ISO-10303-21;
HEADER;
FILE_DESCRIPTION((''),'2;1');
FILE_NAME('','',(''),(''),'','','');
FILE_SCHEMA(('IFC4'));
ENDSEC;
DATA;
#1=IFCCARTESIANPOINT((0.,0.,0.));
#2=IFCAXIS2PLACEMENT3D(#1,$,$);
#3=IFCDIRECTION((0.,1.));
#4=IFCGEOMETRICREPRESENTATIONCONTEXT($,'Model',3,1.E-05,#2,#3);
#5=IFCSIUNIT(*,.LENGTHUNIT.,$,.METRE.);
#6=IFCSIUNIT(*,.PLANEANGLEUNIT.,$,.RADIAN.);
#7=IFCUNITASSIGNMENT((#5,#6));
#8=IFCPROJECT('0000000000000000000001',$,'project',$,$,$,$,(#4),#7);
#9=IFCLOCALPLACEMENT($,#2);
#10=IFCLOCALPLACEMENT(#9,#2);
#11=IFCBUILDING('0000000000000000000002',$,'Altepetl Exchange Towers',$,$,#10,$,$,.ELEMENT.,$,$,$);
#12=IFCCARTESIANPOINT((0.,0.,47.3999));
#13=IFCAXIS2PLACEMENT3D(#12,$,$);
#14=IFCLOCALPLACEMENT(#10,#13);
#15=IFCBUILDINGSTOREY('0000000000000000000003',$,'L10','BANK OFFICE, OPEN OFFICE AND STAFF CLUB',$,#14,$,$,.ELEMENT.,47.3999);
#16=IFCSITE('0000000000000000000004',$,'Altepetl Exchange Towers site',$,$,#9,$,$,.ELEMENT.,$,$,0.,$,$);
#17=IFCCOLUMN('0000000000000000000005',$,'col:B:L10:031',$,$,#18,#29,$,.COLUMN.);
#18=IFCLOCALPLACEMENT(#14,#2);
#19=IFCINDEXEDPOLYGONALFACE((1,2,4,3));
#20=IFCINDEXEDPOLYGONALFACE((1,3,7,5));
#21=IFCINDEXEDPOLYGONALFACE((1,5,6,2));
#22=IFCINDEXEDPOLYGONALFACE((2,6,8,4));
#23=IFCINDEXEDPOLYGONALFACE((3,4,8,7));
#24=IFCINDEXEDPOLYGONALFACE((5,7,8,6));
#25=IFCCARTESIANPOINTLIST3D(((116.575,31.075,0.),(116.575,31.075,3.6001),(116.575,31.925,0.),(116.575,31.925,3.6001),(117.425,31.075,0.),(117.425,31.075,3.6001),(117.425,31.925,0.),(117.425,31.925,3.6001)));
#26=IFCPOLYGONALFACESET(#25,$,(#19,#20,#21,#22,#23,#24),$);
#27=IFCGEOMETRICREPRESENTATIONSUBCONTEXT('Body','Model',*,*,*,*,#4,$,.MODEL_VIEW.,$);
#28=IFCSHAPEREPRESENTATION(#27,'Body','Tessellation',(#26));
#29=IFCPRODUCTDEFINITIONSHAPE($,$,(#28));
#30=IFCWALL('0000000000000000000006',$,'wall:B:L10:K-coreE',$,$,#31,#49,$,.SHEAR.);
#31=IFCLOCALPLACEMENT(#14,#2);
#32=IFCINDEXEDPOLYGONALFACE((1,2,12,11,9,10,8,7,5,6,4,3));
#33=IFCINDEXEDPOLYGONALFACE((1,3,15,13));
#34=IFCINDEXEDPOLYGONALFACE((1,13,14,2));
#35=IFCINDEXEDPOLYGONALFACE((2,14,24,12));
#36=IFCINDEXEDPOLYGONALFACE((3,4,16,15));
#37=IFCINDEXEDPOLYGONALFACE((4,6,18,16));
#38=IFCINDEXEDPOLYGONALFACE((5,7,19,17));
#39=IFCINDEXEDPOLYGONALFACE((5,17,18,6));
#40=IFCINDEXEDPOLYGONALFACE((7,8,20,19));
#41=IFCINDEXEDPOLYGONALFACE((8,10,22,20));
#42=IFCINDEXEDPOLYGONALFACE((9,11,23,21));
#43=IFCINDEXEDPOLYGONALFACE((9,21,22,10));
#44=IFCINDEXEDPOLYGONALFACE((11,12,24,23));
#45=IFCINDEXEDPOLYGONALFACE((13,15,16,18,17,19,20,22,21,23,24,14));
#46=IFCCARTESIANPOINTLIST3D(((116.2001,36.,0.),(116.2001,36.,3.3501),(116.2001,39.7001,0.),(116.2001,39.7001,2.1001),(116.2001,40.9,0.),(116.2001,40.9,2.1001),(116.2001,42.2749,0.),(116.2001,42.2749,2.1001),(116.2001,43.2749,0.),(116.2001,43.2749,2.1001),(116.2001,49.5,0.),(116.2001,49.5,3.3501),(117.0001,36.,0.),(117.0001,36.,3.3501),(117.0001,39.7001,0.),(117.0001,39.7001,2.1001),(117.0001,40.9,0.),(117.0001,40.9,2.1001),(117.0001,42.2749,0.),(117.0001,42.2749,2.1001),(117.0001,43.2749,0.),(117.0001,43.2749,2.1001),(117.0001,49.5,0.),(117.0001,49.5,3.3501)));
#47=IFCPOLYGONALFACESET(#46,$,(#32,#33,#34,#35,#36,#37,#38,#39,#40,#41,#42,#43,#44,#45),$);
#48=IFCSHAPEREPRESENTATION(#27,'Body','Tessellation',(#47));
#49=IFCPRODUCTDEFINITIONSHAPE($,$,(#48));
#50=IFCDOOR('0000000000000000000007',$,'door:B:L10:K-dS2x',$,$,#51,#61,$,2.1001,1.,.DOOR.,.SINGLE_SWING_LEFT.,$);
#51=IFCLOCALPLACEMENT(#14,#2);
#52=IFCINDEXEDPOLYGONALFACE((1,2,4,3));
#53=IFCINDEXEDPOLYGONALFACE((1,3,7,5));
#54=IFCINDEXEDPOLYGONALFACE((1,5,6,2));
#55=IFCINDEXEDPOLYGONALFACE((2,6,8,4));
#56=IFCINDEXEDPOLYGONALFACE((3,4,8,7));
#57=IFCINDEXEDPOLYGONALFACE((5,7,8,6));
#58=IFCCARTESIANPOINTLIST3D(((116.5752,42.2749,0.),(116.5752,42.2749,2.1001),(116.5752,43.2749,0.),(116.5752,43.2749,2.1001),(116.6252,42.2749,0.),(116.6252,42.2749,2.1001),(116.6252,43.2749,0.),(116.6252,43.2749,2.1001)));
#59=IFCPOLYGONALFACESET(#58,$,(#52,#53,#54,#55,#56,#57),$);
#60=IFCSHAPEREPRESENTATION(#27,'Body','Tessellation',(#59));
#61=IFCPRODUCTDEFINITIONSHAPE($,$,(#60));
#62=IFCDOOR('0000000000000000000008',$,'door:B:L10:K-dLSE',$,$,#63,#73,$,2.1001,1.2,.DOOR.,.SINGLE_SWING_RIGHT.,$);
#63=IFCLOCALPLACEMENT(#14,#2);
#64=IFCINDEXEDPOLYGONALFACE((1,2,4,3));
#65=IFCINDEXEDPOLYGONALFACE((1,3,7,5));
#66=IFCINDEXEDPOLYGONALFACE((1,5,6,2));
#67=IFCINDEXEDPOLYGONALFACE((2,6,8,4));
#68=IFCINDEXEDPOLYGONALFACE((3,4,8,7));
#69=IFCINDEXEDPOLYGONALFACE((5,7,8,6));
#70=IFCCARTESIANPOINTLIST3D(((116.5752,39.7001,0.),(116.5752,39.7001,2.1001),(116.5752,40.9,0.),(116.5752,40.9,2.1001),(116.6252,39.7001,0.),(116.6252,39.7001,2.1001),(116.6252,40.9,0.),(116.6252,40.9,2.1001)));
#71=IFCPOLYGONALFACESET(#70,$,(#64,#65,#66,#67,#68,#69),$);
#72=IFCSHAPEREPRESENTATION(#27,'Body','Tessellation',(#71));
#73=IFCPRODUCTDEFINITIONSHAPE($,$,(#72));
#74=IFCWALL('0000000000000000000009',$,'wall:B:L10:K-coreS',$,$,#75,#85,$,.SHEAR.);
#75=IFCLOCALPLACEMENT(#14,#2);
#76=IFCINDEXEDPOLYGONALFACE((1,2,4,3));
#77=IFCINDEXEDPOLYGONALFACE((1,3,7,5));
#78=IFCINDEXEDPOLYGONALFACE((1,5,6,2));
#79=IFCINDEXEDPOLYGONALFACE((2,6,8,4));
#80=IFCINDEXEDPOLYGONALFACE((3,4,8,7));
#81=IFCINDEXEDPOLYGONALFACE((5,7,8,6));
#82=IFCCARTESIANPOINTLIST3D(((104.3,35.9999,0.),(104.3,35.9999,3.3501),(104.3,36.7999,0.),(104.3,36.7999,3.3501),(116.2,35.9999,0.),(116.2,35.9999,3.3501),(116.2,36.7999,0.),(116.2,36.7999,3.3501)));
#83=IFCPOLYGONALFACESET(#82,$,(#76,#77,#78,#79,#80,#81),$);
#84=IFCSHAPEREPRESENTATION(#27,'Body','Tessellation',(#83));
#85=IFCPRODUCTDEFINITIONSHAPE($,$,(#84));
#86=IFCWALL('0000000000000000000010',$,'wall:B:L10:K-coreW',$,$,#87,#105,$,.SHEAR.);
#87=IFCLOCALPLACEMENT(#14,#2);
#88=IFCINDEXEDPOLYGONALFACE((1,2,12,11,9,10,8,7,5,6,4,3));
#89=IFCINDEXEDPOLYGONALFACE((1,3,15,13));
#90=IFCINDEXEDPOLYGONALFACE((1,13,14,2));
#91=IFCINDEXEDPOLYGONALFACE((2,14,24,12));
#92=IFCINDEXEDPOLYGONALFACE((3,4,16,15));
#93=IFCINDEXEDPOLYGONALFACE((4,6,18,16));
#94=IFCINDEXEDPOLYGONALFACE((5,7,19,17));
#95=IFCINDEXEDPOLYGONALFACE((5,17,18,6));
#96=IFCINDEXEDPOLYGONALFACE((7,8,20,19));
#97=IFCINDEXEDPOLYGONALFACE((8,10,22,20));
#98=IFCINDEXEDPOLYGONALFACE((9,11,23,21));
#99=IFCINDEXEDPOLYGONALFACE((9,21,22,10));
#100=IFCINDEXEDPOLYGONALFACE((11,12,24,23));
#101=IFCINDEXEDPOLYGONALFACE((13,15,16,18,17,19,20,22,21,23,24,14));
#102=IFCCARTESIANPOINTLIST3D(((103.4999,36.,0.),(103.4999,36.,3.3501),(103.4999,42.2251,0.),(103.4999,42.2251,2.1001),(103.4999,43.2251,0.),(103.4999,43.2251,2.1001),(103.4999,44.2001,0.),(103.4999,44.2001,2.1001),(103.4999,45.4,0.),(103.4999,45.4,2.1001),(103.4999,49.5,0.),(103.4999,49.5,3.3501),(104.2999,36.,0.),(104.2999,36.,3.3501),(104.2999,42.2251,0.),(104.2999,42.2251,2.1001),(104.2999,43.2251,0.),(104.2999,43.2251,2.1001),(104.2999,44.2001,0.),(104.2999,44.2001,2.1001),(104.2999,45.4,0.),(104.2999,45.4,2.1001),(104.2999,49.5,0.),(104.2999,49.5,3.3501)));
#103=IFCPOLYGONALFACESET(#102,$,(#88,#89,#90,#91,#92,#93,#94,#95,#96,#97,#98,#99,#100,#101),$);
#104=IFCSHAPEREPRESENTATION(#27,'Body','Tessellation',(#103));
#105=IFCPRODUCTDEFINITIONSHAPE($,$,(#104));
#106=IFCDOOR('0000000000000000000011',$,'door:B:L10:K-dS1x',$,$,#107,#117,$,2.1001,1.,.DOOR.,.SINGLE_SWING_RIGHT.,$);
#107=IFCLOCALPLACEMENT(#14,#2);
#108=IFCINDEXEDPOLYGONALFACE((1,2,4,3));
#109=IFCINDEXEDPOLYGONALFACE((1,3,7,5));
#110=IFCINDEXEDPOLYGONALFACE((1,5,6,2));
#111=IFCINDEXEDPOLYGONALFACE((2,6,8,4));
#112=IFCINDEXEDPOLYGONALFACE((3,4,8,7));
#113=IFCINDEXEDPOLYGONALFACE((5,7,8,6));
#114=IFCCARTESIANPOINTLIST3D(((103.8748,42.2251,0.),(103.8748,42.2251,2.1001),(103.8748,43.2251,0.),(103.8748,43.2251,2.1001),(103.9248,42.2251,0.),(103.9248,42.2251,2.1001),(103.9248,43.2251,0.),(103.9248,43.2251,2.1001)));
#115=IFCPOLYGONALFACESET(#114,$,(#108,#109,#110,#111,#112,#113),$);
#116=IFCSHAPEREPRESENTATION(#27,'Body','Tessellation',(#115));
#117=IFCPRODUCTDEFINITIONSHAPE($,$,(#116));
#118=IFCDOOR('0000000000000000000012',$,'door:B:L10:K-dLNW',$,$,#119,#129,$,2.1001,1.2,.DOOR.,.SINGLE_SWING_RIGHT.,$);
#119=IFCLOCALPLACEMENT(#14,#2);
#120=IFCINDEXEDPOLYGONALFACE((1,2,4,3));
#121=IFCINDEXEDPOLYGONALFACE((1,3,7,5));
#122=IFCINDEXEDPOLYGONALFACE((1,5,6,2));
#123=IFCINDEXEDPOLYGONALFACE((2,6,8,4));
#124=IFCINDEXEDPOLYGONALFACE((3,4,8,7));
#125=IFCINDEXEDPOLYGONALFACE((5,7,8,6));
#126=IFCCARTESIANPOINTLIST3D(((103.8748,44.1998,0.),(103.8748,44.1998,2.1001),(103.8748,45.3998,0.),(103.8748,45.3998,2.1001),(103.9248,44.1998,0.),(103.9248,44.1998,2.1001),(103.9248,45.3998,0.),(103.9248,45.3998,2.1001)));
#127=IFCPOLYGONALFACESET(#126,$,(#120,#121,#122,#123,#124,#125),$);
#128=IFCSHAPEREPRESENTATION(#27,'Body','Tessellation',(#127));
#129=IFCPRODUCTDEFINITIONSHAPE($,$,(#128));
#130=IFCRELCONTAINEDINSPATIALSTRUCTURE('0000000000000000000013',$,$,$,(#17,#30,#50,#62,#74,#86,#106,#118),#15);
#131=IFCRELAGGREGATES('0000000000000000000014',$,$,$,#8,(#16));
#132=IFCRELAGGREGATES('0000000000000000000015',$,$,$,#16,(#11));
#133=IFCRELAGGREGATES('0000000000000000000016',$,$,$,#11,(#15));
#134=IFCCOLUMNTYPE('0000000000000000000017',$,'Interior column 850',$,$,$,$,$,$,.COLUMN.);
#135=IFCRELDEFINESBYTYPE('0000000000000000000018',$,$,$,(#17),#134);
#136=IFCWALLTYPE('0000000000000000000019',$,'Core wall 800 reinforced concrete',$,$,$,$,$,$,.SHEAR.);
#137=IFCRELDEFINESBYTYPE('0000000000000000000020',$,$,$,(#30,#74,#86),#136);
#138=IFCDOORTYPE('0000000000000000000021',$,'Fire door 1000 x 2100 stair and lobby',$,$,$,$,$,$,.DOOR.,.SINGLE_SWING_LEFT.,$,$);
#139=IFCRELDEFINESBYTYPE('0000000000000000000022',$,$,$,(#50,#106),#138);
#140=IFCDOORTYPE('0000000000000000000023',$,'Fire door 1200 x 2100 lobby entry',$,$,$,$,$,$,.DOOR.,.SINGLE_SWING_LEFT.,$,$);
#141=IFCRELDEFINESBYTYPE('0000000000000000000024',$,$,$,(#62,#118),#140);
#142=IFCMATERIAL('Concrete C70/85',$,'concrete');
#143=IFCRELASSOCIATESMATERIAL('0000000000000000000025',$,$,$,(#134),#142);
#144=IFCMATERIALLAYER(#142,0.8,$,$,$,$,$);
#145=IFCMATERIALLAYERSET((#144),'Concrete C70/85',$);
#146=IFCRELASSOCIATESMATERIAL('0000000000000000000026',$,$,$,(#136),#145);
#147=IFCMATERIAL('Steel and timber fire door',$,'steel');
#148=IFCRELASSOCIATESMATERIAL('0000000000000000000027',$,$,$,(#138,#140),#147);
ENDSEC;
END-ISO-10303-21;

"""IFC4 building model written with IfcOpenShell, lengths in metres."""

from ifc_helpers import new_model, si_unit, direction, frame, frame_2d, origin, origin_2d, place, context, subcontext, project, spatial, rectangle, extrude, material, layer, layer_set, material_profile, profile_set, type_object, element, fill, save


model = new_model("IFC4")

# Units and contexts
model_context = context("Model", 3, precision=1e-05, world=origin(), true_north=direction((0.0, 1.0)))
body_context = subcontext(model_context, "Body", "Model", "MODEL_VIEW")
ifc_project = project(units=[si_unit("LENGTHUNIT", "METRE"), si_unit("PLANEANGLEUNIT", "RADIAN")], contexts=[model_context])

# Site, building, storey
site_placement = place(None, origin())
site = spatial("IfcSite", under=ifc_project, at=site_placement, Name="Altepetl Exchange Towers site", CompositionType="ELEMENT", RefElevation=0.0)
building_placement = place(site_placement, origin())
building = spatial("IfcBuilding", under=site, at=building_placement, Name="Altepetl Exchange Towers", CompositionType="ELEMENT")
storey_placement = place(building_placement, frame((0.0, 0.0, 47.3999)))
storey = spatial("IfcBuildingStorey", under=building, at=storey_placement, Name="L10", Description="BANK OFFICE, OPEN OFFICE AND STAFF CLUB", CompositionType="ELEMENT", Elevation=47.3999)

# Column
ifc_material_1 = material(Name="Concrete C70/85", Category="concrete")
ifc_material_profile = material_profile(ifc_material_1, rectangle(XDim=0.8501, YDim=0.8501, at=origin_2d()), Name="850 x 850")
ifc_profile_set = profile_set([ifc_material_profile], Name="Concrete C70/85")
column_type = type_object("IfcColumnType", Name="Interior column 850", PredefinedType="COLUMN", material=ifc_profile_set)
column_placement = place(storey_placement, frame((117.0, 31.5, 0.0)))
element("IfcColumn", 1, at=column_placement, inside=storey, type_object=column_type, Name="col:B:L10:031", PredefinedType="COLUMN", context=body_context, shape_type="SweptSolid", body=[
    extrude(rectangle(XDim=0.8501, YDim=0.8501, at=origin_2d()), origin(), (0.0, 0.0, 1.0), 3.6001),
])

# Wall, openings, doors
ifc_layer_1 = layer(ifc_material_1, 0.8)
ifc_layer_set_1 = layer_set([ifc_layer_1], Name="Concrete C70/85")
wall_type_1 = type_object("IfcWallType", Name="Core wall 800 reinforced concrete", PredefinedType="SHEAR", material=ifc_layer_set_1)
wall_1_placement = place(storey_placement, frame((116.6001, 36.0, 0.0), z_axis=(0.0, 0.0, 1.0), x_axis=(0.0, 1.0, 0.0)))
wall_1 = element("IfcWall", 2, at=wall_1_placement, inside=storey, type_object=wall_type_1, Name="wall:B:L10:K-coreE", PredefinedType="SHEAR", context=body_context, shape_type="SweptSolid", body=[
    extrude(rectangle(XDim=13.5, YDim=0.8, at=frame_2d((6.75, 0.0))), origin(), (0.0, 0.0, 1.0), 3.3501),
])
opening_1_placement = place(wall_1_placement, frame((3.7, 0.0, 0.0)))
opening_1 = element("IfcOpeningElement", 3, at=opening_1_placement, cuts=wall_1, PredefinedType="OPENING", context=body_context, shape_type="SweptSolid", body=[
    extrude(rectangle(XDim=1.2, YDim=2.1001, at=frame_2d((0.6001, 1.05))), frame((0.0, 0.4102, 0.0), z_axis=(0.0, -1.0, 0.0), x_axis=(1.0, 0.0, 0.0)), (0.0, 0.0, 1.0), 0.8201),
])
opening_2_placement = place(wall_1_placement, frame((6.2749, 0.0, 0.0)))
opening_2 = element("IfcOpeningElement", 4, at=opening_2_placement, cuts=wall_1, PredefinedType="OPENING", context=body_context, shape_type="SweptSolid", body=[
    extrude(rectangle(XDim=1.0, YDim=2.1001, at=frame_2d((0.5, 1.05))), frame((0.0, 0.4102, 0.0), z_axis=(0.0, -1.0, 0.0), x_axis=(1.0, 0.0, 0.0)), (0.0, 0.0, 1.0), 0.8201),
])
ifc_material_2 = material(Name="Steel and timber fire door", Category="steel")
door_type_1 = type_object("IfcDoorType", Name="Fire door 1000 x 2100 stair and lobby", OperationType="SINGLE_SWING_LEFT", PredefinedType="DOOR", material=ifc_material_2)
door_1_placement = place(opening_2_placement, origin())
door_1 = element("IfcDoor", 5, at=door_1_placement, inside=storey, type_object=door_type_1, Name="door:B:L10:K-dS2x", OperationType="SINGLE_SWING_LEFT", OverallHeight=2.1001, OverallWidth=1.0, PredefinedType="DOOR", context=body_context, shape_type="SweptSolid", body=[
    extrude(rectangle(XDim=1.0, YDim=2.1001, at=frame_2d((0.5, 1.05))), frame((0.0, 0.0249, 0.0), z_axis=(0.0, -1.0, 0.0), x_axis=(1.0, 0.0, 0.0)), (0.0, 0.0, 1.0), 0.05),
])
fill(opening_2, door_1)
door_type_2 = type_object("IfcDoorType", Name="Fire door 1200 x 2100 lobby entry", OperationType="SINGLE_SWING_LEFT", PredefinedType="DOOR", material=ifc_material_2)
door_2_placement = place(opening_1_placement, origin())
door_2 = element("IfcDoor", 6, at=door_2_placement, inside=storey, type_object=door_type_2, Name="door:B:L10:K-dLSE", OperationType="SINGLE_SWING_RIGHT", OverallHeight=2.1001, OverallWidth=1.2, PredefinedType="DOOR", context=body_context, shape_type="SweptSolid", body=[
    extrude(rectangle(XDim=1.2, YDim=2.1001, at=frame_2d((0.6001, 1.05))), frame((0.0, 0.0249, 0.0), z_axis=(0.0, -1.0, 0.0), x_axis=(1.0, 0.0, 0.0)), (0.0, 0.0, 1.0), 0.05),
])
fill(opening_1, door_2)

# Wall
wall_2_placement = place(storey_placement, frame((104.3, 36.3999, 0.0)))
element("IfcWall", 7, at=wall_2_placement, inside=storey, type_object=wall_type_1, Name="wall:B:L10:K-coreS", PredefinedType="SHEAR", context=body_context, shape_type="SweptSolid", body=[
    extrude(rectangle(XDim=11.8999, YDim=0.8, at=frame_2d((5.95, 0.0))), origin(), (0.0, 0.0, 1.0), 3.3501),
])

# Wall, openings, doors
wall_3_placement = place(storey_placement, frame((103.8999, 36.0, 0.0), z_axis=(0.0, 0.0, 1.0), x_axis=(0.0, 1.0, 0.0)))
wall_3 = element("IfcWall", 8, at=wall_3_placement, inside=storey, type_object=wall_type_1, Name="wall:B:L10:K-coreW", PredefinedType="SHEAR", context=body_context, shape_type="SweptSolid", body=[
    extrude(rectangle(XDim=13.5, YDim=0.8, at=frame_2d((6.75, 0.0))), origin(), (0.0, 0.0, 1.0), 3.3501),
])
opening_3_placement = place(wall_3_placement, frame((8.2, 0.0, 0.0)))
opening_3 = element("IfcOpeningElement", 9, at=opening_3_placement, cuts=wall_3, PredefinedType="OPENING", context=body_context, shape_type="SweptSolid", body=[
    extrude(rectangle(XDim=1.2, YDim=2.1001, at=frame_2d((0.6001, 1.05))), frame((0.0, 0.4102, 0.0), z_axis=(0.0, -1.0, 0.0), x_axis=(1.0, 0.0, 0.0)), (0.0, 0.0, 1.0), 0.8201),
])
opening_4_placement = place(wall_3_placement, frame((6.2251, 0.0, 0.0)))
opening_4 = element("IfcOpeningElement", 10, at=opening_4_placement, cuts=wall_3, PredefinedType="OPENING", context=body_context, shape_type="SweptSolid", body=[
    extrude(rectangle(XDim=1.0, YDim=2.1001, at=frame_2d((0.5, 1.05))), frame((0.0, 0.4102, 0.0), z_axis=(0.0, -1.0, 0.0), x_axis=(1.0, 0.0, 0.0)), (0.0, 0.0, 1.0), 0.8201),
])
door_3_placement = place(opening_4_placement, frame((1.0, 0.0, 0.0), x_axis=(-1.0, 0.0, 0.0)))
door_3 = element("IfcDoor", 11, at=door_3_placement, inside=storey, type_object=door_type_1, Name="door:B:L10:K-dS1x", OperationType="SINGLE_SWING_RIGHT", OverallHeight=2.1001, OverallWidth=1.0, PredefinedType="DOOR", context=body_context, shape_type="SweptSolid", body=[
    extrude(rectangle(XDim=1.0, YDim=2.1001, at=frame_2d((0.5, 1.05))), frame((0.0, 0.0249, 0.0), z_axis=(0.0, -1.0, 0.0), x_axis=(1.0, 0.0, 0.0)), (0.0, 0.0, 1.0), 0.05),
])
fill(opening_4, door_3)
door_4_placement = place(opening_3_placement, frame((1.2, 0.0, 0.0), x_axis=(-1.0, 0.0, 0.0)))
door_4 = element("IfcDoor", 12, at=door_4_placement, inside=storey, type_object=door_type_2, Name="door:B:L10:K-dLNW", OperationType="SINGLE_SWING_RIGHT", OverallHeight=2.1001, OverallWidth=1.2, PredefinedType="DOOR", context=body_context, shape_type="SweptSolid", body=[
    extrude(rectangle(XDim=1.2, YDim=2.1001, at=frame_2d((0.6001, 1.05))), frame((0.0, 0.0249, 0.0), z_axis=(0.0, -1.0, 0.0), x_axis=(1.0, 0.0, 0.0)), (0.0, 0.0, 1.0), 0.05),
])
fill(opening_3, door_4)

save(model, "model.ifc")
